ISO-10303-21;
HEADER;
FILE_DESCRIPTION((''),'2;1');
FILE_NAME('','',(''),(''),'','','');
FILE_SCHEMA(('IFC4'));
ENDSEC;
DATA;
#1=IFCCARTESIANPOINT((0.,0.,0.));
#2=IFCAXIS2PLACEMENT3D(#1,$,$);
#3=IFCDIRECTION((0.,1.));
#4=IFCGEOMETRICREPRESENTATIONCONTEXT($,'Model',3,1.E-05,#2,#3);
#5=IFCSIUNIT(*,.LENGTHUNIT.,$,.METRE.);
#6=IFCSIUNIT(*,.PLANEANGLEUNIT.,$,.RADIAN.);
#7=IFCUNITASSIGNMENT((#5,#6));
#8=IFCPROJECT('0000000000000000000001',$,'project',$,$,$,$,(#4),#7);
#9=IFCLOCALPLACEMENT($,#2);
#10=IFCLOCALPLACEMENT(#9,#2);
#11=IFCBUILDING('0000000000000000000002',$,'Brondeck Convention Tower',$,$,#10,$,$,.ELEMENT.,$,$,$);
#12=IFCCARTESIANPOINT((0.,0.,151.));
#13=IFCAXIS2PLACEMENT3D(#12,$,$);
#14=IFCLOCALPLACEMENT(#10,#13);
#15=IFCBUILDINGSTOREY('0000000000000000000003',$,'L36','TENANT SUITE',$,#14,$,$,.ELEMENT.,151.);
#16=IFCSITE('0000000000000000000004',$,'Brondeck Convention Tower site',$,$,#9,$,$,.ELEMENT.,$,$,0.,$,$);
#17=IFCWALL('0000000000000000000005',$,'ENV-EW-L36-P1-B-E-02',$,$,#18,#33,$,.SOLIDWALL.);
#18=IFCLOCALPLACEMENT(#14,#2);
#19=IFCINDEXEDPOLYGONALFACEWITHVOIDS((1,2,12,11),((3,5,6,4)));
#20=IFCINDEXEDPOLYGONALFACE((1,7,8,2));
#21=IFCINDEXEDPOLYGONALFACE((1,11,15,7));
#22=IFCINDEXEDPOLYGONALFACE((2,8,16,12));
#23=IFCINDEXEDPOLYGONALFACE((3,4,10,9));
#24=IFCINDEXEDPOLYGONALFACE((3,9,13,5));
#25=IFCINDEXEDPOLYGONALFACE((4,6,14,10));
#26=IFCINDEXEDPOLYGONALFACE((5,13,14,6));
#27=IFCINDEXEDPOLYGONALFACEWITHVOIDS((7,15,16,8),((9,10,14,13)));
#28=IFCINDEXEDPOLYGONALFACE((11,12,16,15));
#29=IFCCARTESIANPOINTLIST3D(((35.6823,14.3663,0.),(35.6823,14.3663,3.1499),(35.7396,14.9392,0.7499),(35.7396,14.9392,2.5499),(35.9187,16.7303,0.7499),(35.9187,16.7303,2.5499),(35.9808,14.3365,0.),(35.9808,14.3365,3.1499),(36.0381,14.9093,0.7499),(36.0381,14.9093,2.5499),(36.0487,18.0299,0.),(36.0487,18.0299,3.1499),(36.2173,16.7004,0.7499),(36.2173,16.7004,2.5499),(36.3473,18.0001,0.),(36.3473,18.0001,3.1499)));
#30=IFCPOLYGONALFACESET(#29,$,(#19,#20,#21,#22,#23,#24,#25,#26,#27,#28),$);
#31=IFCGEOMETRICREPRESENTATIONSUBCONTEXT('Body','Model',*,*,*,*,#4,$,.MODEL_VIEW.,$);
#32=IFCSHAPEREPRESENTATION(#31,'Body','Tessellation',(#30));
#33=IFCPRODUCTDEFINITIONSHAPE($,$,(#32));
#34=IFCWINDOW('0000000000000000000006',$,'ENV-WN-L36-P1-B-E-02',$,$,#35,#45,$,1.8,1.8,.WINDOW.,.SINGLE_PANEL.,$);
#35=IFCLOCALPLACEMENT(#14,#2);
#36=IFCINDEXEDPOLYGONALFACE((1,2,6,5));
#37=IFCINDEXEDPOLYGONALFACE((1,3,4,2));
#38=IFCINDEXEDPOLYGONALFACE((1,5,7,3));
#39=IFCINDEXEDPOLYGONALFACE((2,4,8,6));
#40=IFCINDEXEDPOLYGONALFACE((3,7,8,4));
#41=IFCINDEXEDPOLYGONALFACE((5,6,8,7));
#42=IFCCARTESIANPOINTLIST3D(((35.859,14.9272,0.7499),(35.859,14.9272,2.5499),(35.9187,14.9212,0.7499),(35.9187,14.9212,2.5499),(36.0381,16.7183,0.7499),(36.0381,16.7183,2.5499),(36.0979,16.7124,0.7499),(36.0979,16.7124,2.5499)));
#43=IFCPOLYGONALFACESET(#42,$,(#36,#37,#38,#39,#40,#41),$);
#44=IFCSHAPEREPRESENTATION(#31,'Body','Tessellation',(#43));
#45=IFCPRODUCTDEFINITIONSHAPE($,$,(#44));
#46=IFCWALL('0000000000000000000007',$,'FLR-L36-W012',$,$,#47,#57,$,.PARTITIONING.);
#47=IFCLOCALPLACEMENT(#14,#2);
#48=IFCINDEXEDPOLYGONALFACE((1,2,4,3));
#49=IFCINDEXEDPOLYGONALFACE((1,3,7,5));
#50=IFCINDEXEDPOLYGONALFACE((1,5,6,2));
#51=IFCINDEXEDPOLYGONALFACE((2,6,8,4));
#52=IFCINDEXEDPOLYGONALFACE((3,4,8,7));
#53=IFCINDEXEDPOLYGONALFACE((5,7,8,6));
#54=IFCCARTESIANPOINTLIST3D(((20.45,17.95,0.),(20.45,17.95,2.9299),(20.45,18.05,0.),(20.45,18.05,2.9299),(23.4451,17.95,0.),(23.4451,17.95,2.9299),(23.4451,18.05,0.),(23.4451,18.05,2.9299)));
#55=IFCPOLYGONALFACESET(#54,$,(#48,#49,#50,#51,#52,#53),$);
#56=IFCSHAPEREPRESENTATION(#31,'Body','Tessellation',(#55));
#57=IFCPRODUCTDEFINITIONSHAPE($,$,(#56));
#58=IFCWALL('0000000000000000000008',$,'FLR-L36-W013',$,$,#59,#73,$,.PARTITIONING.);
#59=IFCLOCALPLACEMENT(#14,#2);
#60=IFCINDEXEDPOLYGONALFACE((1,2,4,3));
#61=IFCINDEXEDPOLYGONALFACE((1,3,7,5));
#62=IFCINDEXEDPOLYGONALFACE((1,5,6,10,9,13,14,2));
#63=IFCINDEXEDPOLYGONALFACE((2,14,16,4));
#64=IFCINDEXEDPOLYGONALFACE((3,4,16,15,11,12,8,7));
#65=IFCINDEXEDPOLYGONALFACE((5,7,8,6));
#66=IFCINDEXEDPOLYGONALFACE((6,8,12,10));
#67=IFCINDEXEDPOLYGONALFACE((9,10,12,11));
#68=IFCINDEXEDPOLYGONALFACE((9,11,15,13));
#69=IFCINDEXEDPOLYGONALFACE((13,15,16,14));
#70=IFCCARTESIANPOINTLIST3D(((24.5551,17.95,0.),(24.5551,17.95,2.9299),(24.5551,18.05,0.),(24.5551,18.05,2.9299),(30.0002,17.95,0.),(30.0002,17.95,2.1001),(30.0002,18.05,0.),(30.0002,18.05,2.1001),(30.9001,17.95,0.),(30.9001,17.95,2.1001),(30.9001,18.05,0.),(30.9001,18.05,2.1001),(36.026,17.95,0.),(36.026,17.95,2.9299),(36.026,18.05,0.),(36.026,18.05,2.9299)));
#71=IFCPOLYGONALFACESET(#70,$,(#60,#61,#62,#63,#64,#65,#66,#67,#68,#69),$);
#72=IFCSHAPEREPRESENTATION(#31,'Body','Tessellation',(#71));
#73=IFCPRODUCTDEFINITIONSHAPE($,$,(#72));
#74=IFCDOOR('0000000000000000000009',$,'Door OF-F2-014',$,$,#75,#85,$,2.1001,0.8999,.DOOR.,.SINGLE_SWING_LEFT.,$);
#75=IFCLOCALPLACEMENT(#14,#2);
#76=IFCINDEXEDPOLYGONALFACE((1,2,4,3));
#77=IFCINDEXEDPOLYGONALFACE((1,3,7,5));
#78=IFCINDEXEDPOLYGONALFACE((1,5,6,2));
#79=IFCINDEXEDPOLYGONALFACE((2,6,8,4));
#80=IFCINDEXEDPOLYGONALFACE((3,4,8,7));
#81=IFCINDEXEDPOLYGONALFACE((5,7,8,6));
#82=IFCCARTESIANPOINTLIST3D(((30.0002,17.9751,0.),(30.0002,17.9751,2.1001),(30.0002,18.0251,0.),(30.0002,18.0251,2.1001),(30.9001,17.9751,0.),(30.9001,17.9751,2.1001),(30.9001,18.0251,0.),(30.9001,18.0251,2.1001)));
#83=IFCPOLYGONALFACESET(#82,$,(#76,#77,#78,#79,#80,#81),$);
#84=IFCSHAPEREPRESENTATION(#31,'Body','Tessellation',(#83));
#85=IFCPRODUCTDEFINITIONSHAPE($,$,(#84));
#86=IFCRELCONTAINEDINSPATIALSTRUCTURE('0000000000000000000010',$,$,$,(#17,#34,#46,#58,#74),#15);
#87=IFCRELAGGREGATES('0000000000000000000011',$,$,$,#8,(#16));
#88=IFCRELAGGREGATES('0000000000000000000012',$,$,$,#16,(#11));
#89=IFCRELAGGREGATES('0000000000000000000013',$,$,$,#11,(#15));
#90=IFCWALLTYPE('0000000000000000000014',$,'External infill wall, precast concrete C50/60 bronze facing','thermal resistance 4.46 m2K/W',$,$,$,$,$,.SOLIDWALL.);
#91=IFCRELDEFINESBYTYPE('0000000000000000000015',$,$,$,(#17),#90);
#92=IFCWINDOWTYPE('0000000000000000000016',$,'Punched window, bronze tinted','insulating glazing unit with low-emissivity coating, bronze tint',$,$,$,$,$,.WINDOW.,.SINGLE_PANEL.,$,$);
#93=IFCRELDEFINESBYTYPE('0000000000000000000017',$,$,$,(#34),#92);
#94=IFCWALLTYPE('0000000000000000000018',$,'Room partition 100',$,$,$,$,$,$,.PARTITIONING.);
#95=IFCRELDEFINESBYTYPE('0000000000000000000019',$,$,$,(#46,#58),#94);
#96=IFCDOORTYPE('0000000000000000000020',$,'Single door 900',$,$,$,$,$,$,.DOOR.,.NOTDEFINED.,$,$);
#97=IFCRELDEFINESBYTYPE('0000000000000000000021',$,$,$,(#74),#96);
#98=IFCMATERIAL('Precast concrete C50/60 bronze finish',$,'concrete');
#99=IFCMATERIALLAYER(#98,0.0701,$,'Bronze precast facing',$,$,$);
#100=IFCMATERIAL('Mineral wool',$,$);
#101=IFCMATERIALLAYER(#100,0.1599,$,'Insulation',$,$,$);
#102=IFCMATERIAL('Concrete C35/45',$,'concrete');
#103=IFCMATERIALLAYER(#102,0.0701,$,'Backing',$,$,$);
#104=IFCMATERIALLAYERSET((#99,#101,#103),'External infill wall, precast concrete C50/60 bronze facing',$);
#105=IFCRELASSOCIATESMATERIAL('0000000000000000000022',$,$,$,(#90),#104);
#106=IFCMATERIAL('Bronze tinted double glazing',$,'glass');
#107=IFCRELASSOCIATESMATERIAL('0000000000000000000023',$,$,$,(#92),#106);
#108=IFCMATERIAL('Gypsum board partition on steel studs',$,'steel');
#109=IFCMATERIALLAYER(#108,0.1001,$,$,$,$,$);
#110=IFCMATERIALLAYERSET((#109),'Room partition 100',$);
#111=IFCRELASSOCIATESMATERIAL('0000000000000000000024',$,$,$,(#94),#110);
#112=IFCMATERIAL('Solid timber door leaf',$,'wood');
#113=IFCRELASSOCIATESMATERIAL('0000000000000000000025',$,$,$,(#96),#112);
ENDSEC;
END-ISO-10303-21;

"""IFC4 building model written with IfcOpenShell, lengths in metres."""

from ifc_helpers import new_model, si_unit, direction, frame, frame_2d, origin, place, context, subcontext, project, spatial, rectangle, extrude, material, layer, layer_set, type_object, element, fill, save


model = new_model("IFC4")

# Units and contexts
model_context = context("Model", 3, precision=1e-05, world=origin(), true_north=direction((0.0, 1.0)))
body_context = subcontext(model_context, "Body", "Model", "MODEL_VIEW")
ifc_project = project(units=[si_unit("LENGTHUNIT", "METRE"), si_unit("PLANEANGLEUNIT", "RADIAN")], contexts=[model_context])

# Site, building, storey
site_placement = place(None, origin())
site = spatial("IfcSite", under=ifc_project, at=site_placement, Name="Brondeck Convention Tower site", CompositionType="ELEMENT", RefElevation=0.0)
building_placement = place(site_placement, origin())
building = spatial("IfcBuilding", under=site, at=building_placement, Name="Brondeck Convention Tower", CompositionType="ELEMENT")
storey_placement = place(building_placement, frame((0.0, 0.0, 151.0)))
storey = spatial("IfcBuildingStorey", under=building, at=storey_placement, Name="L36", Description="TENANT SUITE", CompositionType="ELEMENT", Elevation=151.0)

# Shared definitions
ifc_material_1 = material(Name="Precast concrete C50/60 bronze finish", Category="concrete")
ifc_layer_1 = layer(ifc_material_1, 0.0701, Name="Bronze precast facing")
ifc_material_2 = material(Name="Mineral wool")
ifc_layer_2 = layer(ifc_material_2, 0.1599, Name="Insulation")
ifc_material_3 = material(Name="Concrete C35/45", Category="concrete")
ifc_layer_3 = layer(ifc_material_3, 0.0701, Name="Backing")
ifc_layer_set_1 = layer_set([ifc_layer_1, ifc_layer_2, ifc_layer_3], Name="External infill wall, precast concrete C50/60 bronze facing")
wall_type_1 = type_object("IfcWallType", Name="External infill wall, precast concrete C50/60 bronze facing", Description="thermal resistance 4.46 m2K/W", PredefinedType="SOLIDWALL", material=ifc_layer_set_1)
ifc_material_4 = material(Name="Bronze tinted double glazing", Category="glass")
window_type_1 = type_object("IfcWindowType", Name="Punched window, bronze tinted", Description="insulating glazing unit with low-emissivity coating, bronze tint", PartitioningType="SINGLE_PANEL", PredefinedType="WINDOW", material=ifc_material_4)

# Wall, opening, window
wall_1_placement = place(storey_placement, frame((36.198, 18.0149, 0.0), z_axis=(0.0, 0.0, 1.0), x_axis=(-0.09953, -0.995035, 0.0)))
wall_1 = element("IfcWall", 1, at=wall_1_placement, inside=storey, type_object=wall_type_1, Name="ENV-EW-L36-P1-B-E-02", PredefinedType="SOLIDWALL", context=body_context, shape_type="SweptSolid", body=[
    extrude(rectangle(XDim=3.6819, YDim=0.3, at=frame_2d((1.8408, 0.0))), origin(), (0.0, 0.0, 1.0), 3.1499),
])
opening_1_placement = place(wall_1_placement, frame((1.3062, 0.0, 0.75)))
opening_1 = element("IfcOpeningElement", 2, at=opening_1_placement, cuts=wall_1, PredefinedType="OPENING", context=body_context, shape_type="SweptSolid", body=[
    extrude(rectangle(XDim=1.8, YDim=1.8, at=frame_2d((0.8999, 0.8999))), frame((0.0, 0.1599, 0.0), z_axis=(0.0, -1.0, 0.0), x_axis=(1.0, 0.0, 0.0)), (0.0, 0.0, 1.0), 0.3201),
])
window_1_placement = place(opening_1_placement, origin())
window_1 = element("IfcWindow", 3, at=window_1_placement, inside=storey, type_object=window_type_1, Name="ENV-WN-L36-P1-B-E-02", OverallHeight=1.8, OverallWidth=1.8, PartitioningType="SINGLE_PANEL", PredefinedType="WINDOW", context=body_context, shape_type="SweptSolid", body=[
    extrude(rectangle(XDim=1.8, YDim=1.8, at=frame_2d((0.8999, 0.8999))), frame((0.0, 0.03, 0.0), z_axis=(0.0, -1.0, 0.0), x_axis=(1.0, 0.0, 0.0)), (0.0, 0.0, 1.0), 0.0601),
])
fill(opening_1, window_1)

# Wall
ifc_material_5 = material(Name="Gypsum board partition on steel studs", Category="steel")
ifc_layer_4 = layer(ifc_material_5, 0.1001)
ifc_layer_set_2 = layer_set([ifc_layer_4], Name="Room partition 100")
wall_type_2 = type_object("IfcWallType", Name="Room partition 100", PredefinedType="PARTITIONING", material=ifc_layer_set_2)
wall_2_placement = place(storey_placement, frame((23.4451, 18.0, 0.0), z_axis=(0.0, 0.0, 1.0), x_axis=(-1.0, 0.0, 0.0)))
element("IfcWall", 4, at=wall_2_placement, inside=storey, type_object=wall_type_2, Name="FLR-L36-W012", PredefinedType="PARTITIONING", context=body_context, shape_type="SweptSolid", body=[
    extrude(rectangle(XDim=2.9951, YDim=0.1001, at=frame_2d((1.4976, 0.0))), origin(), (0.0, 0.0, 1.0), 2.9299),
])

# Wall, opening, door
wall_3_placement = place(storey_placement, frame((36.0259, 18.0, 0.0), z_axis=(0.0, 0.0, 1.0), x_axis=(-1.0, 0.0, 0.0)))
wall_3 = element("IfcWall", 5, at=wall_3_placement, inside=storey, type_object=wall_type_2, Name="FLR-L36-W013", PredefinedType="PARTITIONING", context=body_context, shape_type="SweptSolid", body=[
    extrude(rectangle(XDim=11.4709, YDim=0.1001, at=frame_2d((5.7354, 0.0))), origin(), (0.0, 0.0, 1.0), 2.9299),
])
opening_2_placement = place(wall_3_placement, frame((5.1257, 0.0, 0.0)))
opening_2 = element("IfcOpeningElement", 6, at=opening_2_placement, cuts=wall_3, PredefinedType="OPENING", context=body_context, shape_type="SweptSolid", body=[
    extrude(rectangle(XDim=0.8999, YDim=2.1001, at=frame_2d((0.45, 1.05))), frame((0.0, 0.0601, 0.0), z_axis=(0.0, -1.0, 0.0), x_axis=(1.0, 0.0, 0.0)), (0.0, 0.0, 1.0), 0.1201),
])
ifc_material_6 = material(Name="Solid timber door leaf", Category="wood")
door_type = type_object("IfcDoorType", Name="Single door 900", OperationType="NOTDEFINED", PredefinedType="DOOR", material=ifc_material_6)
door_placement = place(opening_2_placement, origin())
door = element("IfcDoor", 7, at=door_placement, inside=storey, type_object=door_type, Name="Door OF-F2-014", OperationType="SINGLE_SWING_LEFT", OverallHeight=2.1001, OverallWidth=0.8999, PredefinedType="DOOR", context=body_context, shape_type="SweptSolid", body=[
    extrude(rectangle(XDim=0.8999, YDim=2.1001, at=frame_2d((0.45, 1.05))), frame((0.0, 0.0249, 0.0), z_axis=(0.0, -1.0, 0.0), x_axis=(1.0, 0.0, 0.0)), (0.0, 0.0, 1.0), 0.05),
])
fill(opening_2, door)

save(model, "model.ifc")
